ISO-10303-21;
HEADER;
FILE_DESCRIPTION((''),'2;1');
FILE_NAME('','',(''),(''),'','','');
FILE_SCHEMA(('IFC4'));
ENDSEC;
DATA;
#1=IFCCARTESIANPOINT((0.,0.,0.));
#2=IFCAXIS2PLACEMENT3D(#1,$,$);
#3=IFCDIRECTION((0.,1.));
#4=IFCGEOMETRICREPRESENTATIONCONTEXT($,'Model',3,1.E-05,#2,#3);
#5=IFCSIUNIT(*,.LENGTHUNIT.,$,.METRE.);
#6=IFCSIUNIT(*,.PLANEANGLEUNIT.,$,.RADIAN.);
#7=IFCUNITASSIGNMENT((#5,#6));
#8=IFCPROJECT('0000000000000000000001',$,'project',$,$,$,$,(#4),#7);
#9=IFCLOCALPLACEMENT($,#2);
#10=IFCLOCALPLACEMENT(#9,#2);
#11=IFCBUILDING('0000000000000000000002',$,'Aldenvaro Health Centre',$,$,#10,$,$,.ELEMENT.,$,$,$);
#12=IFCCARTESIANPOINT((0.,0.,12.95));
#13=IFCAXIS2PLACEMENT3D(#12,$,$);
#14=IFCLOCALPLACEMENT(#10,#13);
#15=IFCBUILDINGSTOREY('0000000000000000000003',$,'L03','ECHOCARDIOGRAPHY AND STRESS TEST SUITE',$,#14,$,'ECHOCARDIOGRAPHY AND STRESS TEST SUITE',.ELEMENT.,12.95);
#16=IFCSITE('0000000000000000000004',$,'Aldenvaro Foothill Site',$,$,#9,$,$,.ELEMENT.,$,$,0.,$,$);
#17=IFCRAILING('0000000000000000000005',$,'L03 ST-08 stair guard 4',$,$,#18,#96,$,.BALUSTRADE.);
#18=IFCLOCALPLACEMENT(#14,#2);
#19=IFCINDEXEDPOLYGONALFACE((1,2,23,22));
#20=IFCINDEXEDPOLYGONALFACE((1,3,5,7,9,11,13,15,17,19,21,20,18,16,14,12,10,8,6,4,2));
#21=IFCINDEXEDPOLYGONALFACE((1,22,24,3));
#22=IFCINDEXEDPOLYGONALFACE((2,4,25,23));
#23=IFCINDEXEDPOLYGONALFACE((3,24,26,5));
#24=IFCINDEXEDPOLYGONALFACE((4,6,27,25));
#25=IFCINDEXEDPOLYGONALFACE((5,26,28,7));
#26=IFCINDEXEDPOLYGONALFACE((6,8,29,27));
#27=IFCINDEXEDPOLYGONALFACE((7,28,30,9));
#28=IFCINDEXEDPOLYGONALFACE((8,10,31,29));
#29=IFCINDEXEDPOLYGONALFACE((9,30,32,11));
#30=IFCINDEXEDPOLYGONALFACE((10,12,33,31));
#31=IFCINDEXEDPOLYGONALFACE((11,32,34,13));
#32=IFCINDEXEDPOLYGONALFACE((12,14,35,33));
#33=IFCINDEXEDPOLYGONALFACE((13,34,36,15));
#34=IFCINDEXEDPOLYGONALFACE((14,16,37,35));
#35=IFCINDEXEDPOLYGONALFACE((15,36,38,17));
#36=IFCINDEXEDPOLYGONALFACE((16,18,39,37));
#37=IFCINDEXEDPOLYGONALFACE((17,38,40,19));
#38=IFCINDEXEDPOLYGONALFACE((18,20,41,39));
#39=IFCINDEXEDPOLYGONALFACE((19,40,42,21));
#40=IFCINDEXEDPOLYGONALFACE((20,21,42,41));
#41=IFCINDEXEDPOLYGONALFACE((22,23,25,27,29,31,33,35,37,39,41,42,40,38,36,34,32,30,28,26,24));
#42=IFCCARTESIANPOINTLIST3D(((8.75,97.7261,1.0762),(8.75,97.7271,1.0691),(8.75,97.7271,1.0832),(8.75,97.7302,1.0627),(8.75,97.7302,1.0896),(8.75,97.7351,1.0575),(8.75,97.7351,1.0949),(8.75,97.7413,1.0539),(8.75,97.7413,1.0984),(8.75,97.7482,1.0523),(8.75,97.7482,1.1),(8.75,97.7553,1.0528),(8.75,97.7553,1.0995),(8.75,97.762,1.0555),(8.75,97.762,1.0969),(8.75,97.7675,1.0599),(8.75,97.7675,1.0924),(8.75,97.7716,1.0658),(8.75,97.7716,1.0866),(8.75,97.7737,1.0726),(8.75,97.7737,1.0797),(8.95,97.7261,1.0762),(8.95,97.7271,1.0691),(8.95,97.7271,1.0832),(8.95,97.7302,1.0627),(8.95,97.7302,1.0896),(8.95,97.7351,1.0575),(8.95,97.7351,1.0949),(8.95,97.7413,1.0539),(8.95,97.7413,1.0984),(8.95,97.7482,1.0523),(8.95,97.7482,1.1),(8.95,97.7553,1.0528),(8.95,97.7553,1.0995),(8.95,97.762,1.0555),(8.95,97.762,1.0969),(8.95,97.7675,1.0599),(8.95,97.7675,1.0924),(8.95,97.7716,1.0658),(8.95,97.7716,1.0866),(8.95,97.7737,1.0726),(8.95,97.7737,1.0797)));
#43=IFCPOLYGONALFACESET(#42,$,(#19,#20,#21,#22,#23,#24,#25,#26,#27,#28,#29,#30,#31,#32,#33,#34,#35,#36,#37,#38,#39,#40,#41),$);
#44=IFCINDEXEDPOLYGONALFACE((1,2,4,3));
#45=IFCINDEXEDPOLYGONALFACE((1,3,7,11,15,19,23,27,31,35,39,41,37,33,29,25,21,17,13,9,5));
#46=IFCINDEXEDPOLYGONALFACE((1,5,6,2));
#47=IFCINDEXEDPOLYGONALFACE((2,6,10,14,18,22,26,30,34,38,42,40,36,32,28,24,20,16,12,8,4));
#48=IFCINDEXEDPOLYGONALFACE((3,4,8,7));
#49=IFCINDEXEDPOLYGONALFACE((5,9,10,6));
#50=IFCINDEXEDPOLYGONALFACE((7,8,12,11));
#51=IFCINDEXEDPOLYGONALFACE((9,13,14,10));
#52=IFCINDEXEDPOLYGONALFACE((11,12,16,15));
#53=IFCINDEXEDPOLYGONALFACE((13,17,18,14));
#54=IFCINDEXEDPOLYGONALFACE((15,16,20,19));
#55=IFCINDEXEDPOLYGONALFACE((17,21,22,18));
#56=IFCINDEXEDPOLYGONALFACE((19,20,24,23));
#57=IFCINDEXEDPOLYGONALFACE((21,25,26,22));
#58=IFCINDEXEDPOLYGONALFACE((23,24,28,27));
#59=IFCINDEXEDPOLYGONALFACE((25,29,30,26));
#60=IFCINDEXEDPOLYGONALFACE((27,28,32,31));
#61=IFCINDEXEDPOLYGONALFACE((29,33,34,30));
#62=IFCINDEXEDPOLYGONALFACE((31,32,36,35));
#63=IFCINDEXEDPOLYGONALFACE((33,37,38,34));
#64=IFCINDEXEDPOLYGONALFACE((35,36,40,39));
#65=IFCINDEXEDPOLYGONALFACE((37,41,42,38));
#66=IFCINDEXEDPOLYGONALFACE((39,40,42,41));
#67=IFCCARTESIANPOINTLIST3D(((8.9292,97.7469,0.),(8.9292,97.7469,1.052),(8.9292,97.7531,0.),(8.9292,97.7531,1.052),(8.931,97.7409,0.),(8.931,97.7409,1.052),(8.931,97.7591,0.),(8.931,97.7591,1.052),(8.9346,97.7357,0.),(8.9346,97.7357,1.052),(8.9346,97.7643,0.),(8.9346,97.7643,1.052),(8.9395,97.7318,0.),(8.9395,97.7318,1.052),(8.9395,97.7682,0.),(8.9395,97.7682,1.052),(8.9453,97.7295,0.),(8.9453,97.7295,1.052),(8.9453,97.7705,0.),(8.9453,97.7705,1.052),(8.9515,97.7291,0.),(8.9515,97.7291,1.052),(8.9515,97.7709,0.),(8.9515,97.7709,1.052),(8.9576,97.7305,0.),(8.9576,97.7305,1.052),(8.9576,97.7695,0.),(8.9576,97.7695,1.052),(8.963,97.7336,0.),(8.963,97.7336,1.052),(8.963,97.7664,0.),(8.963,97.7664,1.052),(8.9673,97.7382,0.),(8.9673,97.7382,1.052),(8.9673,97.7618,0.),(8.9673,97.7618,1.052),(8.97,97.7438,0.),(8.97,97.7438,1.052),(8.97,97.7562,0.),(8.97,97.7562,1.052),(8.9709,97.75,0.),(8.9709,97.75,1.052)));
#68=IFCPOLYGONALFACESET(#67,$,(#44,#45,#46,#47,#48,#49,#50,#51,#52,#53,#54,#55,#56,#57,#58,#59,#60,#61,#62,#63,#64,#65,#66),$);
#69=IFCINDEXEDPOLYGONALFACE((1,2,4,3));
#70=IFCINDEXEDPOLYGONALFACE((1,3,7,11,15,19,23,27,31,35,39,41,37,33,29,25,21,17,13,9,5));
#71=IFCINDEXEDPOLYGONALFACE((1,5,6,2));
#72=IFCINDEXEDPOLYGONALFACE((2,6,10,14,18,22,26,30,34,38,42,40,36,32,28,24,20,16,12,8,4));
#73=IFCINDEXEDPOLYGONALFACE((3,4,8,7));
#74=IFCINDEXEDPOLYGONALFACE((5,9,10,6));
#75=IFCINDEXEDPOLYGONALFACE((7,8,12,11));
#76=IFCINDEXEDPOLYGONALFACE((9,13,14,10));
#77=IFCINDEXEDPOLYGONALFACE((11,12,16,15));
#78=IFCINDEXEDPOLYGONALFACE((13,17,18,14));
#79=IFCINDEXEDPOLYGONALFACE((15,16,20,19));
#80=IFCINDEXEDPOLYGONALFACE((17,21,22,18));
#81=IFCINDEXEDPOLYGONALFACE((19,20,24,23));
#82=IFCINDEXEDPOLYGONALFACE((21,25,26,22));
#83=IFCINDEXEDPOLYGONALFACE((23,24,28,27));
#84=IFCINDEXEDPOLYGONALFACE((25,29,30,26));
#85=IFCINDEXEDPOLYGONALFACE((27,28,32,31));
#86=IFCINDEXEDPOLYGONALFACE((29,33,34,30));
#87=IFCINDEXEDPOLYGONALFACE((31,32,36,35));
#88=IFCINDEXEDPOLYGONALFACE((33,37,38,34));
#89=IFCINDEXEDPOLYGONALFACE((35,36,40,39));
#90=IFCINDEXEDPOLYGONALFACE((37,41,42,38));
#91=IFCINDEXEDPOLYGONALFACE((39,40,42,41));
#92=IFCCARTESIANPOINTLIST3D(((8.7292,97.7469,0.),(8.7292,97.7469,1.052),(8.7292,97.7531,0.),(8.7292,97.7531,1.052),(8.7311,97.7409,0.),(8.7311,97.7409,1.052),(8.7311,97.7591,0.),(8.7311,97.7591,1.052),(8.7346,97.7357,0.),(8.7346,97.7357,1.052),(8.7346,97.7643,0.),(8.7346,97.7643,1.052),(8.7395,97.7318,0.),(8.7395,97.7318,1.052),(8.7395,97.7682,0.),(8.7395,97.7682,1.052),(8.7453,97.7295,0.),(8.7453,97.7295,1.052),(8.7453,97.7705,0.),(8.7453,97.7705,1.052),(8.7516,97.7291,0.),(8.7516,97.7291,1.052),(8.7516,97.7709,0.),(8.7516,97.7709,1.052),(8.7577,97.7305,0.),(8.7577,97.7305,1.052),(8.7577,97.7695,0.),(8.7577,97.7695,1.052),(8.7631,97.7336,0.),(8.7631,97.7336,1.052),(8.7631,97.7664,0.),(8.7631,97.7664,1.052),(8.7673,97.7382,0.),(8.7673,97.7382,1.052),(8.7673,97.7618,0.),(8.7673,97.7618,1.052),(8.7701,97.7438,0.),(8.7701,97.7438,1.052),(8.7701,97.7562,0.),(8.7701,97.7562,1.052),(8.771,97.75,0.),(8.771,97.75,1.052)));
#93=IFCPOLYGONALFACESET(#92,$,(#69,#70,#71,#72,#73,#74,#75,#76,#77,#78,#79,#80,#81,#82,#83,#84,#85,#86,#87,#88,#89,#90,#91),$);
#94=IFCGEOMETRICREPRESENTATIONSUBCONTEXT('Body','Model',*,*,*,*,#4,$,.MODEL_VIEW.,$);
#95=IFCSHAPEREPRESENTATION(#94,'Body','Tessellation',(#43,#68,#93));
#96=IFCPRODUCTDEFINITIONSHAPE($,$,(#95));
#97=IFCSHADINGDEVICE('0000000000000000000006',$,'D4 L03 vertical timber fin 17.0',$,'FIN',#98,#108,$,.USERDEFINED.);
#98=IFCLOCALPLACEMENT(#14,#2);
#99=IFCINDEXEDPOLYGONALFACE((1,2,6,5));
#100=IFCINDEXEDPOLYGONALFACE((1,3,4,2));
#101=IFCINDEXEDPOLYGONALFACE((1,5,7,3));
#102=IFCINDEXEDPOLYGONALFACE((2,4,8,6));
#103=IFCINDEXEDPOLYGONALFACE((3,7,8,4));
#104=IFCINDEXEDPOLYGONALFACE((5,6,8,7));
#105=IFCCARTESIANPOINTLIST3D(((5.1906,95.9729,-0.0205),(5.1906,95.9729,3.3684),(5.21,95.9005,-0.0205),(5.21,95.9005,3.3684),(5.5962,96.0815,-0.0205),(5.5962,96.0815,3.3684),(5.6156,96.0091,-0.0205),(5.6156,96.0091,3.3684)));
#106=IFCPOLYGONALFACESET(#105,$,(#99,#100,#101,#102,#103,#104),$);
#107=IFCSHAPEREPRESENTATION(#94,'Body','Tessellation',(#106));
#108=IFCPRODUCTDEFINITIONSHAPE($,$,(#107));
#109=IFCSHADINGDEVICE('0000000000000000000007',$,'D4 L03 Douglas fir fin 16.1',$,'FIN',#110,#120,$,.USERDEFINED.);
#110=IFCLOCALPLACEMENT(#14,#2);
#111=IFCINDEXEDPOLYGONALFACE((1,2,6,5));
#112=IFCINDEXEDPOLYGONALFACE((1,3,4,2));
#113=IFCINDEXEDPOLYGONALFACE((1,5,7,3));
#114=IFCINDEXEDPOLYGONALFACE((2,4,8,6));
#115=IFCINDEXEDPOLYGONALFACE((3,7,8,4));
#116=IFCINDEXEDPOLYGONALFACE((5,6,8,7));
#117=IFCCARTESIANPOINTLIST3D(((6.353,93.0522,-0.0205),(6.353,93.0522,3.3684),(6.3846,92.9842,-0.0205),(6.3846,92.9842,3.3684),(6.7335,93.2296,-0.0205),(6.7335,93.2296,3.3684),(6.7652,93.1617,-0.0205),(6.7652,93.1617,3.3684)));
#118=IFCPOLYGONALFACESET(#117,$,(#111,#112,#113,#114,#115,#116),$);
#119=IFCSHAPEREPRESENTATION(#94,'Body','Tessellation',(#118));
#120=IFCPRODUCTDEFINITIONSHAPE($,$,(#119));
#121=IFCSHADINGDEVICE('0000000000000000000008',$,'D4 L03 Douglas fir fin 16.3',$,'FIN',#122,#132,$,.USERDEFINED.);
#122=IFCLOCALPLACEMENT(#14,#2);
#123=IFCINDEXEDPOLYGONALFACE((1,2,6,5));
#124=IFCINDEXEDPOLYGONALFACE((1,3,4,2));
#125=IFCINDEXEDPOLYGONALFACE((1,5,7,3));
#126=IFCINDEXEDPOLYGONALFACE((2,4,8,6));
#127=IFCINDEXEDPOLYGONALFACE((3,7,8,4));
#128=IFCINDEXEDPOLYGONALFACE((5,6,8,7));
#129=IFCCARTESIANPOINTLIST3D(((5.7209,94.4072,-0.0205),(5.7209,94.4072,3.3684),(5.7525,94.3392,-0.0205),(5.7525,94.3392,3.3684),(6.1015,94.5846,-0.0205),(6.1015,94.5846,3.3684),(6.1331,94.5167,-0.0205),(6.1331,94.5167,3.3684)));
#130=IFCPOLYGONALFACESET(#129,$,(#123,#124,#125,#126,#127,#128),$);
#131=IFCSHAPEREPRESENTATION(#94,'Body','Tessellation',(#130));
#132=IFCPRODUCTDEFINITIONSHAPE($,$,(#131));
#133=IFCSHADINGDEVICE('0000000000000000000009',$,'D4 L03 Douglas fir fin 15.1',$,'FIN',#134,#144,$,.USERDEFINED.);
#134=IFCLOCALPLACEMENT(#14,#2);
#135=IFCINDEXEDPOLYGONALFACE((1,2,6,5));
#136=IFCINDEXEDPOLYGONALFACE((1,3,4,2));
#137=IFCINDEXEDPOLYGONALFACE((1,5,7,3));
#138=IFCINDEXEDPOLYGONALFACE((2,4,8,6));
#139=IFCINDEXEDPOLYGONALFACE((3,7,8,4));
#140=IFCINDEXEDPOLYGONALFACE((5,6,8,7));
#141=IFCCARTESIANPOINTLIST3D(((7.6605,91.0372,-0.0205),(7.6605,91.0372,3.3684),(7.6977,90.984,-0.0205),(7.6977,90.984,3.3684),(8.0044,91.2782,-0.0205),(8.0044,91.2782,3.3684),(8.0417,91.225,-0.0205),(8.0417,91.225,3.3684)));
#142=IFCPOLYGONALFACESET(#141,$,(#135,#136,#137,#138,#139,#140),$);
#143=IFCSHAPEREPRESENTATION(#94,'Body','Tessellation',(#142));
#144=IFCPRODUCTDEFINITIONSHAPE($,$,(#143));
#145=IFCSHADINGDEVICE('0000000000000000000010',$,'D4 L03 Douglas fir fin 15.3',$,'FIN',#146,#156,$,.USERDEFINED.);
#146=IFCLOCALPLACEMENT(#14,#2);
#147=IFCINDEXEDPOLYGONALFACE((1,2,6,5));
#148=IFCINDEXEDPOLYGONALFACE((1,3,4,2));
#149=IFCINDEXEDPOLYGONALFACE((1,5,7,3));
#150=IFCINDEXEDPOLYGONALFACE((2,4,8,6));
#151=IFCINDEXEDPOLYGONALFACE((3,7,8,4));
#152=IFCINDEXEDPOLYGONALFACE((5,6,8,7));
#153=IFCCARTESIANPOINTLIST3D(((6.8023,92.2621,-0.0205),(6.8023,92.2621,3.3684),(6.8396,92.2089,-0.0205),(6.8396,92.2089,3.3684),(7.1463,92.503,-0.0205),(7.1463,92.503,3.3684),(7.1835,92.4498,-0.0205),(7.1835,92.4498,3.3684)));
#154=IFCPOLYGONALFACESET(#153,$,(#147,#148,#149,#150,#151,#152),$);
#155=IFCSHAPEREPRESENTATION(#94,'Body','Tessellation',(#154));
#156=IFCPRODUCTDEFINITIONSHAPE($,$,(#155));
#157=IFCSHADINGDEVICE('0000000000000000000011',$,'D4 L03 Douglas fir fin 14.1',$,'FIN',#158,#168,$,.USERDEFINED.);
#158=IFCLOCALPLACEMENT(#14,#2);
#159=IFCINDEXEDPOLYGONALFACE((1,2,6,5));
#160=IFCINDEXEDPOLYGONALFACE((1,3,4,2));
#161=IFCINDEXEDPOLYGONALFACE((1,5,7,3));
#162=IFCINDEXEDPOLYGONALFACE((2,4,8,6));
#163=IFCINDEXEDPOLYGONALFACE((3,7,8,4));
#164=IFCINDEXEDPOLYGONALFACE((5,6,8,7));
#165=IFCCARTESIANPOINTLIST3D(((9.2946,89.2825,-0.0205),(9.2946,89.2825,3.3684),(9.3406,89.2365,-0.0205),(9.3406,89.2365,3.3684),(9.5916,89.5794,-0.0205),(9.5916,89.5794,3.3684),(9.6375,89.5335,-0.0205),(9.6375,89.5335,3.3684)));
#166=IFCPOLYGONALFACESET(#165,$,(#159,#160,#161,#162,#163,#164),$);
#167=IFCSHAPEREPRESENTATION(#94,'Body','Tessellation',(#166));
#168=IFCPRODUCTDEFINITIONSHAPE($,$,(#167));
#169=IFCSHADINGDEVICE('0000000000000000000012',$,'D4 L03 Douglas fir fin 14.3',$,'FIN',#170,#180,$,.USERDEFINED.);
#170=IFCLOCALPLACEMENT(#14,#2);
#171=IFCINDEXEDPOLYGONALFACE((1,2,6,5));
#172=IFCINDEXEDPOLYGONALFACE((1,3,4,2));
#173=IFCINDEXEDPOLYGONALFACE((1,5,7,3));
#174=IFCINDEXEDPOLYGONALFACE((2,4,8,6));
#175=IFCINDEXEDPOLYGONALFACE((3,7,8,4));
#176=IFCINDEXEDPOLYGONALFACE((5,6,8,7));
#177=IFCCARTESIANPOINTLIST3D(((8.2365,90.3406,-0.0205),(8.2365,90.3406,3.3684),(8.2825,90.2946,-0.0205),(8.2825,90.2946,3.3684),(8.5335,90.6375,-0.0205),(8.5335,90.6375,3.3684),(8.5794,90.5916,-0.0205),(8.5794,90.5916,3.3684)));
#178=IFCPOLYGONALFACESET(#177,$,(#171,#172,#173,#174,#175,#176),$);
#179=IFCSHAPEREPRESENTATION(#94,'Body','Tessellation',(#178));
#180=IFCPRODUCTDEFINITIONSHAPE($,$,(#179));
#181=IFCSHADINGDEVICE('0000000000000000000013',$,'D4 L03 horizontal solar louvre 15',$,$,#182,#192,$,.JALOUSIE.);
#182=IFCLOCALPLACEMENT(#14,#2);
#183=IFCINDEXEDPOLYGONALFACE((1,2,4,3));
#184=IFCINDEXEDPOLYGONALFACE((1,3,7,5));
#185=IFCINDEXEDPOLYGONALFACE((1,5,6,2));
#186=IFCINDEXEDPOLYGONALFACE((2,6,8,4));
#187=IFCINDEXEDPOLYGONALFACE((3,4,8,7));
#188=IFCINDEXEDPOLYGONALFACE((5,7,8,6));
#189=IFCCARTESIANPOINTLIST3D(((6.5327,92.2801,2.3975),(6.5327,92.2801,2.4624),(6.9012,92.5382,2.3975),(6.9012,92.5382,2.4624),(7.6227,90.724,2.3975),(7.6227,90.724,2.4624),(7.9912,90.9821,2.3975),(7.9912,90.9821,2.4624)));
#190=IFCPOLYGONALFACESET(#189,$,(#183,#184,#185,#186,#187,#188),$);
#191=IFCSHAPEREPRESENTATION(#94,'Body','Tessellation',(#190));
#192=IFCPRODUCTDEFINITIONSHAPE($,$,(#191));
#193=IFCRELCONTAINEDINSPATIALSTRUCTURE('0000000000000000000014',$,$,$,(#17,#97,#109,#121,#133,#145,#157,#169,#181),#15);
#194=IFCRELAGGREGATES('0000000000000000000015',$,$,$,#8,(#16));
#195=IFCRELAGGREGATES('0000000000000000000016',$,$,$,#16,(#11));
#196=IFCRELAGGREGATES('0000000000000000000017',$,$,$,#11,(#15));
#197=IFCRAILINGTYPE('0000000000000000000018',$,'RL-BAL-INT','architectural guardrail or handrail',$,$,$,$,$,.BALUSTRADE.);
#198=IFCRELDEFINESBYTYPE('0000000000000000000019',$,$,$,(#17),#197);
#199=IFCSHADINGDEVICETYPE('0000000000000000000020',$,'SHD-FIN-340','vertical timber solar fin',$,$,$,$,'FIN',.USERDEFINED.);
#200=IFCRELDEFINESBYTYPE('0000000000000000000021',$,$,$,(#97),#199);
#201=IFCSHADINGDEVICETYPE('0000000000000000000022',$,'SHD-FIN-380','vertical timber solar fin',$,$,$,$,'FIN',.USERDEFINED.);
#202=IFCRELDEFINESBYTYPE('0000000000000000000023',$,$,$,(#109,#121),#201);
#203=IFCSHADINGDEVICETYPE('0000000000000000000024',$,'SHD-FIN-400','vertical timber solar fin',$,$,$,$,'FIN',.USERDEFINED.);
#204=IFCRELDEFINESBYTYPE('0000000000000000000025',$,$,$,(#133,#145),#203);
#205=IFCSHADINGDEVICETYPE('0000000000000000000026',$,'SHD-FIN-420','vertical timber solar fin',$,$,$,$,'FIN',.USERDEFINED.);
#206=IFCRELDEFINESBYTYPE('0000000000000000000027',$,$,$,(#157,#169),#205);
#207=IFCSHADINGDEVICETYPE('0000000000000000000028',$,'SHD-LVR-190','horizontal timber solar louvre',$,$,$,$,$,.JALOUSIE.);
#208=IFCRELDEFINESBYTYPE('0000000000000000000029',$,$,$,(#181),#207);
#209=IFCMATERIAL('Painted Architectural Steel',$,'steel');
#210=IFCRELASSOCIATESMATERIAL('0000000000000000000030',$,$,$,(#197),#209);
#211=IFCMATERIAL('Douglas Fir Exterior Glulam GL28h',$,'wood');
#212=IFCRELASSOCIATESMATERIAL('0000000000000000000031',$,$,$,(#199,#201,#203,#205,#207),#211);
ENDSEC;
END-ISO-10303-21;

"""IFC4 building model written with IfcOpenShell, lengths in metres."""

from ifc_helpers import new_model, si_unit, direction, frame, origin, origin_2d, place, context, subcontext, project, spatial, rectangle, circle, extrude, material, type_object, element, save


model = new_model("IFC4")

# Units and contexts
model_context = context("Model", 3, precision=1e-05, world=origin(), true_north=direction((0.0, 1.0)))
body_context = subcontext(model_context, "Body", "Model", "MODEL_VIEW")
ifc_project = project(units=[si_unit("LENGTHUNIT", "METRE"), si_unit("PLANEANGLEUNIT", "RADIAN")], contexts=[model_context])

# Site, building, storey
site_placement = place(None, origin())
site = spatial("IfcSite", under=ifc_project, at=site_placement, Name="Aldenvaro Foothill Site", CompositionType="ELEMENT", RefElevation=0.0)
building_placement = place(site_placement, origin())
building = spatial("IfcBuilding", under=site, at=building_placement, Name="Aldenvaro Health Centre", CompositionType="ELEMENT")
storey_placement = place(building_placement, frame((0.0, 0.0, 12.95)))
storey = spatial("IfcBuildingStorey", under=building, at=storey_placement, Name="L03", Description="ECHOCARDIOGRAPHY AND STRESS TEST SUITE", LongName="ECHOCARDIOGRAPHY AND STRESS TEST SUITE", CompositionType="ELEMENT", Elevation=12.95)

# Railing
ifc_material_1 = material(Name="Painted Architectural Steel", Category="steel")
railing_type = type_object("IfcRailingType", Name="RL-BAL-INT", Description="architectural guardrail or handrail", PredefinedType="BALUSTRADE", material=ifc_material_1)
railing_placement = place(storey_placement, frame((8.95, 97.75, 0.0)))
element("IfcRailing", 1, at=railing_placement, inside=storey, type_object=railing_type, Name="L03 ST-08 stair guard 4", PredefinedType="BALUSTRADE", context=body_context, shape_type="SweptSolid", body=[
    extrude(circle(Radius=0.0239, at=origin_2d()), frame((0.0, 0.0, 1.0762), z_axis=(-1.0, 0.0, 0.0), x_axis=(0.0, -1.0, 0.0)), (0.0, 0.0, 1.0), 0.2),
    extrude(circle(Radius=0.021, at=origin_2d()), origin(), (0.0, 0.0, 1.0), 1.052),
    extrude(circle(Radius=0.021, at=origin_2d()), frame((-0.2, 0.0, 0.0)), (0.0, 0.0, 1.0), 1.052),
])

# Shading devices
ifc_material_2 = material(Name="Douglas Fir Exterior Glulam GL28h", Category="wood")
shading_device_type_1 = type_object("IfcShadingDeviceType", Name="SHD-FIN-340", Description="vertical timber solar fin", ElementType="FIN", PredefinedType="USERDEFINED", material=ifc_material_2)
shading_device_1_placement = place(storey_placement, frame((5.4031, 95.991, -0.0205), z_axis=(0.0, 0.0, 1.0), x_axis=(-0.258622, 0.965979, 0.0)))
element("IfcShadingDevice", 2, at=shading_device_1_placement, inside=storey, type_object=shading_device_type_1, Name="D4 L03 vertical timber fin 17.0", ObjectType="FIN", PredefinedType="USERDEFINED", context=body_context, shape_type="SweptSolid", body=[
    extrude(rectangle(XDim=0.075, YDim=0.4199, at=origin_2d()), origin(), (0.0, 0.0, 1.0), 3.3889),
])
shading_device_type_2 = type_object("IfcShadingDeviceType", Name="SHD-FIN-380", Description="vertical timber solar fin", ElementType="FIN", PredefinedType="USERDEFINED", material=ifc_material_2)
for number, where, z_axis, x_axis, name in (
    (3, (6.5591, 93.1069, -0.0205), (0.0, 0.0, 1.0), (-0.422557, 0.906336, 0.0), "D4 L03 Douglas fir fin 16.1"),
    (4, (5.927, 94.4619, -0.0205), (0.0, 0.0, 1.0), (-0.422557, 0.906336, 0.0), "D4 L03 Douglas fir fin 16.3"),
):
    element("IfcShadingDevice", number, at=place(storey_placement, frame(where, z_axis=z_axis, x_axis=x_axis)), inside=storey, type_object=shading_device_type_2, Name=name, ObjectType="FIN", PredefinedType="USERDEFINED", context=body_context, shape_type="SweptSolid", body=[
        extrude(rectangle(XDim=0.075, YDim=0.4199, at=origin_2d()), origin(), (0.0, 0.0, 1.0), 3.3889),
    ])
shading_device_type_3 = type_object("IfcShadingDeviceType", Name="SHD-FIN-400", Description="vertical timber solar fin", ElementType="FIN", PredefinedType="USERDEFINED", material=ifc_material_2)
for number, where, z_axis, x_axis, name in (
    (5, (7.8511, 91.1311, -0.0205), (0.0, 0.0, 1.0), (-0.573721, 0.819051, 0.0), "D4 L03 Douglas fir fin 15.1"),
    (6, (6.9929, 92.356, -0.0205), (0.0, 0.0, 1.0), (-0.573721, 0.819051, 0.0), "D4 L03 Douglas fir fin 15.3"),
):
    element("IfcShadingDevice", number, at=place(storey_placement, frame(where, z_axis=z_axis, x_axis=x_axis)), inside=storey, type_object=shading_device_type_3, Name=name, ObjectType="FIN", PredefinedType="USERDEFINED", context=body_context, shape_type="SweptSolid", body=[
        extrude(rectangle(XDim=0.0649, YDim=0.4199, at=origin_2d()), origin(), (0.0, 0.0, 1.0), 3.3889),
    ])
shading_device_type_4 = type_object("IfcShadingDeviceType", Name="SHD-FIN-420", Description="vertical timber solar fin", ElementType="FIN", PredefinedType="USERDEFINED", material=ifc_material_2)
for number, where, z_axis, x_axis, name in (
    (7, (9.4661, 89.408, -0.0205), (0.0, 0.0, 1.0), (-0.707107, 0.707107, 0.0), "D4 L03 Douglas fir fin 14.1"),
    (8, (8.408, 90.4661, -0.0205), (0.0, 0.0, 1.0), (-0.707107, 0.707107, 0.0), "D4 L03 Douglas fir fin 14.3"),
):
    element("IfcShadingDevice", number, at=place(storey_placement, frame(where, z_axis=z_axis, x_axis=x_axis)), inside=storey, type_object=shading_device_type_4, Name=name, ObjectType="FIN", PredefinedType="USERDEFINED", context=body_context, shape_type="SweptSolid", body=[
        extrude(rectangle(XDim=0.0649, YDim=0.4199, at=origin_2d()), origin(), (0.0, 0.0, 1.0), 3.3889),
    ])
shading_device_type_5 = type_object("IfcShadingDeviceType", Name="SHD-LVR-190", Description="horizontal timber solar louvre", PredefinedType="JALOUSIE", material=ifc_material_2)
shading_device_2_placement = place(storey_placement, frame((7.262, 91.6311, 2.3975), z_axis=(0.0, 0.0, 1.0), x_axis=(-0.573721, 0.819051, 0.0)))
element("IfcShadingDevice", 9, at=shading_device_2_placement, inside=storey, type_object=shading_device_type_5, Name="D4 L03 horizontal solar louvre 15", PredefinedType="JALOUSIE", context=body_context, shape_type="SweptSolid", body=[
    extrude(rectangle(XDim=1.8999, YDim=0.45, at=origin_2d()), origin(), (0.0, 0.0, 1.0), 0.0649),
])

save(model, "model.ifc")
